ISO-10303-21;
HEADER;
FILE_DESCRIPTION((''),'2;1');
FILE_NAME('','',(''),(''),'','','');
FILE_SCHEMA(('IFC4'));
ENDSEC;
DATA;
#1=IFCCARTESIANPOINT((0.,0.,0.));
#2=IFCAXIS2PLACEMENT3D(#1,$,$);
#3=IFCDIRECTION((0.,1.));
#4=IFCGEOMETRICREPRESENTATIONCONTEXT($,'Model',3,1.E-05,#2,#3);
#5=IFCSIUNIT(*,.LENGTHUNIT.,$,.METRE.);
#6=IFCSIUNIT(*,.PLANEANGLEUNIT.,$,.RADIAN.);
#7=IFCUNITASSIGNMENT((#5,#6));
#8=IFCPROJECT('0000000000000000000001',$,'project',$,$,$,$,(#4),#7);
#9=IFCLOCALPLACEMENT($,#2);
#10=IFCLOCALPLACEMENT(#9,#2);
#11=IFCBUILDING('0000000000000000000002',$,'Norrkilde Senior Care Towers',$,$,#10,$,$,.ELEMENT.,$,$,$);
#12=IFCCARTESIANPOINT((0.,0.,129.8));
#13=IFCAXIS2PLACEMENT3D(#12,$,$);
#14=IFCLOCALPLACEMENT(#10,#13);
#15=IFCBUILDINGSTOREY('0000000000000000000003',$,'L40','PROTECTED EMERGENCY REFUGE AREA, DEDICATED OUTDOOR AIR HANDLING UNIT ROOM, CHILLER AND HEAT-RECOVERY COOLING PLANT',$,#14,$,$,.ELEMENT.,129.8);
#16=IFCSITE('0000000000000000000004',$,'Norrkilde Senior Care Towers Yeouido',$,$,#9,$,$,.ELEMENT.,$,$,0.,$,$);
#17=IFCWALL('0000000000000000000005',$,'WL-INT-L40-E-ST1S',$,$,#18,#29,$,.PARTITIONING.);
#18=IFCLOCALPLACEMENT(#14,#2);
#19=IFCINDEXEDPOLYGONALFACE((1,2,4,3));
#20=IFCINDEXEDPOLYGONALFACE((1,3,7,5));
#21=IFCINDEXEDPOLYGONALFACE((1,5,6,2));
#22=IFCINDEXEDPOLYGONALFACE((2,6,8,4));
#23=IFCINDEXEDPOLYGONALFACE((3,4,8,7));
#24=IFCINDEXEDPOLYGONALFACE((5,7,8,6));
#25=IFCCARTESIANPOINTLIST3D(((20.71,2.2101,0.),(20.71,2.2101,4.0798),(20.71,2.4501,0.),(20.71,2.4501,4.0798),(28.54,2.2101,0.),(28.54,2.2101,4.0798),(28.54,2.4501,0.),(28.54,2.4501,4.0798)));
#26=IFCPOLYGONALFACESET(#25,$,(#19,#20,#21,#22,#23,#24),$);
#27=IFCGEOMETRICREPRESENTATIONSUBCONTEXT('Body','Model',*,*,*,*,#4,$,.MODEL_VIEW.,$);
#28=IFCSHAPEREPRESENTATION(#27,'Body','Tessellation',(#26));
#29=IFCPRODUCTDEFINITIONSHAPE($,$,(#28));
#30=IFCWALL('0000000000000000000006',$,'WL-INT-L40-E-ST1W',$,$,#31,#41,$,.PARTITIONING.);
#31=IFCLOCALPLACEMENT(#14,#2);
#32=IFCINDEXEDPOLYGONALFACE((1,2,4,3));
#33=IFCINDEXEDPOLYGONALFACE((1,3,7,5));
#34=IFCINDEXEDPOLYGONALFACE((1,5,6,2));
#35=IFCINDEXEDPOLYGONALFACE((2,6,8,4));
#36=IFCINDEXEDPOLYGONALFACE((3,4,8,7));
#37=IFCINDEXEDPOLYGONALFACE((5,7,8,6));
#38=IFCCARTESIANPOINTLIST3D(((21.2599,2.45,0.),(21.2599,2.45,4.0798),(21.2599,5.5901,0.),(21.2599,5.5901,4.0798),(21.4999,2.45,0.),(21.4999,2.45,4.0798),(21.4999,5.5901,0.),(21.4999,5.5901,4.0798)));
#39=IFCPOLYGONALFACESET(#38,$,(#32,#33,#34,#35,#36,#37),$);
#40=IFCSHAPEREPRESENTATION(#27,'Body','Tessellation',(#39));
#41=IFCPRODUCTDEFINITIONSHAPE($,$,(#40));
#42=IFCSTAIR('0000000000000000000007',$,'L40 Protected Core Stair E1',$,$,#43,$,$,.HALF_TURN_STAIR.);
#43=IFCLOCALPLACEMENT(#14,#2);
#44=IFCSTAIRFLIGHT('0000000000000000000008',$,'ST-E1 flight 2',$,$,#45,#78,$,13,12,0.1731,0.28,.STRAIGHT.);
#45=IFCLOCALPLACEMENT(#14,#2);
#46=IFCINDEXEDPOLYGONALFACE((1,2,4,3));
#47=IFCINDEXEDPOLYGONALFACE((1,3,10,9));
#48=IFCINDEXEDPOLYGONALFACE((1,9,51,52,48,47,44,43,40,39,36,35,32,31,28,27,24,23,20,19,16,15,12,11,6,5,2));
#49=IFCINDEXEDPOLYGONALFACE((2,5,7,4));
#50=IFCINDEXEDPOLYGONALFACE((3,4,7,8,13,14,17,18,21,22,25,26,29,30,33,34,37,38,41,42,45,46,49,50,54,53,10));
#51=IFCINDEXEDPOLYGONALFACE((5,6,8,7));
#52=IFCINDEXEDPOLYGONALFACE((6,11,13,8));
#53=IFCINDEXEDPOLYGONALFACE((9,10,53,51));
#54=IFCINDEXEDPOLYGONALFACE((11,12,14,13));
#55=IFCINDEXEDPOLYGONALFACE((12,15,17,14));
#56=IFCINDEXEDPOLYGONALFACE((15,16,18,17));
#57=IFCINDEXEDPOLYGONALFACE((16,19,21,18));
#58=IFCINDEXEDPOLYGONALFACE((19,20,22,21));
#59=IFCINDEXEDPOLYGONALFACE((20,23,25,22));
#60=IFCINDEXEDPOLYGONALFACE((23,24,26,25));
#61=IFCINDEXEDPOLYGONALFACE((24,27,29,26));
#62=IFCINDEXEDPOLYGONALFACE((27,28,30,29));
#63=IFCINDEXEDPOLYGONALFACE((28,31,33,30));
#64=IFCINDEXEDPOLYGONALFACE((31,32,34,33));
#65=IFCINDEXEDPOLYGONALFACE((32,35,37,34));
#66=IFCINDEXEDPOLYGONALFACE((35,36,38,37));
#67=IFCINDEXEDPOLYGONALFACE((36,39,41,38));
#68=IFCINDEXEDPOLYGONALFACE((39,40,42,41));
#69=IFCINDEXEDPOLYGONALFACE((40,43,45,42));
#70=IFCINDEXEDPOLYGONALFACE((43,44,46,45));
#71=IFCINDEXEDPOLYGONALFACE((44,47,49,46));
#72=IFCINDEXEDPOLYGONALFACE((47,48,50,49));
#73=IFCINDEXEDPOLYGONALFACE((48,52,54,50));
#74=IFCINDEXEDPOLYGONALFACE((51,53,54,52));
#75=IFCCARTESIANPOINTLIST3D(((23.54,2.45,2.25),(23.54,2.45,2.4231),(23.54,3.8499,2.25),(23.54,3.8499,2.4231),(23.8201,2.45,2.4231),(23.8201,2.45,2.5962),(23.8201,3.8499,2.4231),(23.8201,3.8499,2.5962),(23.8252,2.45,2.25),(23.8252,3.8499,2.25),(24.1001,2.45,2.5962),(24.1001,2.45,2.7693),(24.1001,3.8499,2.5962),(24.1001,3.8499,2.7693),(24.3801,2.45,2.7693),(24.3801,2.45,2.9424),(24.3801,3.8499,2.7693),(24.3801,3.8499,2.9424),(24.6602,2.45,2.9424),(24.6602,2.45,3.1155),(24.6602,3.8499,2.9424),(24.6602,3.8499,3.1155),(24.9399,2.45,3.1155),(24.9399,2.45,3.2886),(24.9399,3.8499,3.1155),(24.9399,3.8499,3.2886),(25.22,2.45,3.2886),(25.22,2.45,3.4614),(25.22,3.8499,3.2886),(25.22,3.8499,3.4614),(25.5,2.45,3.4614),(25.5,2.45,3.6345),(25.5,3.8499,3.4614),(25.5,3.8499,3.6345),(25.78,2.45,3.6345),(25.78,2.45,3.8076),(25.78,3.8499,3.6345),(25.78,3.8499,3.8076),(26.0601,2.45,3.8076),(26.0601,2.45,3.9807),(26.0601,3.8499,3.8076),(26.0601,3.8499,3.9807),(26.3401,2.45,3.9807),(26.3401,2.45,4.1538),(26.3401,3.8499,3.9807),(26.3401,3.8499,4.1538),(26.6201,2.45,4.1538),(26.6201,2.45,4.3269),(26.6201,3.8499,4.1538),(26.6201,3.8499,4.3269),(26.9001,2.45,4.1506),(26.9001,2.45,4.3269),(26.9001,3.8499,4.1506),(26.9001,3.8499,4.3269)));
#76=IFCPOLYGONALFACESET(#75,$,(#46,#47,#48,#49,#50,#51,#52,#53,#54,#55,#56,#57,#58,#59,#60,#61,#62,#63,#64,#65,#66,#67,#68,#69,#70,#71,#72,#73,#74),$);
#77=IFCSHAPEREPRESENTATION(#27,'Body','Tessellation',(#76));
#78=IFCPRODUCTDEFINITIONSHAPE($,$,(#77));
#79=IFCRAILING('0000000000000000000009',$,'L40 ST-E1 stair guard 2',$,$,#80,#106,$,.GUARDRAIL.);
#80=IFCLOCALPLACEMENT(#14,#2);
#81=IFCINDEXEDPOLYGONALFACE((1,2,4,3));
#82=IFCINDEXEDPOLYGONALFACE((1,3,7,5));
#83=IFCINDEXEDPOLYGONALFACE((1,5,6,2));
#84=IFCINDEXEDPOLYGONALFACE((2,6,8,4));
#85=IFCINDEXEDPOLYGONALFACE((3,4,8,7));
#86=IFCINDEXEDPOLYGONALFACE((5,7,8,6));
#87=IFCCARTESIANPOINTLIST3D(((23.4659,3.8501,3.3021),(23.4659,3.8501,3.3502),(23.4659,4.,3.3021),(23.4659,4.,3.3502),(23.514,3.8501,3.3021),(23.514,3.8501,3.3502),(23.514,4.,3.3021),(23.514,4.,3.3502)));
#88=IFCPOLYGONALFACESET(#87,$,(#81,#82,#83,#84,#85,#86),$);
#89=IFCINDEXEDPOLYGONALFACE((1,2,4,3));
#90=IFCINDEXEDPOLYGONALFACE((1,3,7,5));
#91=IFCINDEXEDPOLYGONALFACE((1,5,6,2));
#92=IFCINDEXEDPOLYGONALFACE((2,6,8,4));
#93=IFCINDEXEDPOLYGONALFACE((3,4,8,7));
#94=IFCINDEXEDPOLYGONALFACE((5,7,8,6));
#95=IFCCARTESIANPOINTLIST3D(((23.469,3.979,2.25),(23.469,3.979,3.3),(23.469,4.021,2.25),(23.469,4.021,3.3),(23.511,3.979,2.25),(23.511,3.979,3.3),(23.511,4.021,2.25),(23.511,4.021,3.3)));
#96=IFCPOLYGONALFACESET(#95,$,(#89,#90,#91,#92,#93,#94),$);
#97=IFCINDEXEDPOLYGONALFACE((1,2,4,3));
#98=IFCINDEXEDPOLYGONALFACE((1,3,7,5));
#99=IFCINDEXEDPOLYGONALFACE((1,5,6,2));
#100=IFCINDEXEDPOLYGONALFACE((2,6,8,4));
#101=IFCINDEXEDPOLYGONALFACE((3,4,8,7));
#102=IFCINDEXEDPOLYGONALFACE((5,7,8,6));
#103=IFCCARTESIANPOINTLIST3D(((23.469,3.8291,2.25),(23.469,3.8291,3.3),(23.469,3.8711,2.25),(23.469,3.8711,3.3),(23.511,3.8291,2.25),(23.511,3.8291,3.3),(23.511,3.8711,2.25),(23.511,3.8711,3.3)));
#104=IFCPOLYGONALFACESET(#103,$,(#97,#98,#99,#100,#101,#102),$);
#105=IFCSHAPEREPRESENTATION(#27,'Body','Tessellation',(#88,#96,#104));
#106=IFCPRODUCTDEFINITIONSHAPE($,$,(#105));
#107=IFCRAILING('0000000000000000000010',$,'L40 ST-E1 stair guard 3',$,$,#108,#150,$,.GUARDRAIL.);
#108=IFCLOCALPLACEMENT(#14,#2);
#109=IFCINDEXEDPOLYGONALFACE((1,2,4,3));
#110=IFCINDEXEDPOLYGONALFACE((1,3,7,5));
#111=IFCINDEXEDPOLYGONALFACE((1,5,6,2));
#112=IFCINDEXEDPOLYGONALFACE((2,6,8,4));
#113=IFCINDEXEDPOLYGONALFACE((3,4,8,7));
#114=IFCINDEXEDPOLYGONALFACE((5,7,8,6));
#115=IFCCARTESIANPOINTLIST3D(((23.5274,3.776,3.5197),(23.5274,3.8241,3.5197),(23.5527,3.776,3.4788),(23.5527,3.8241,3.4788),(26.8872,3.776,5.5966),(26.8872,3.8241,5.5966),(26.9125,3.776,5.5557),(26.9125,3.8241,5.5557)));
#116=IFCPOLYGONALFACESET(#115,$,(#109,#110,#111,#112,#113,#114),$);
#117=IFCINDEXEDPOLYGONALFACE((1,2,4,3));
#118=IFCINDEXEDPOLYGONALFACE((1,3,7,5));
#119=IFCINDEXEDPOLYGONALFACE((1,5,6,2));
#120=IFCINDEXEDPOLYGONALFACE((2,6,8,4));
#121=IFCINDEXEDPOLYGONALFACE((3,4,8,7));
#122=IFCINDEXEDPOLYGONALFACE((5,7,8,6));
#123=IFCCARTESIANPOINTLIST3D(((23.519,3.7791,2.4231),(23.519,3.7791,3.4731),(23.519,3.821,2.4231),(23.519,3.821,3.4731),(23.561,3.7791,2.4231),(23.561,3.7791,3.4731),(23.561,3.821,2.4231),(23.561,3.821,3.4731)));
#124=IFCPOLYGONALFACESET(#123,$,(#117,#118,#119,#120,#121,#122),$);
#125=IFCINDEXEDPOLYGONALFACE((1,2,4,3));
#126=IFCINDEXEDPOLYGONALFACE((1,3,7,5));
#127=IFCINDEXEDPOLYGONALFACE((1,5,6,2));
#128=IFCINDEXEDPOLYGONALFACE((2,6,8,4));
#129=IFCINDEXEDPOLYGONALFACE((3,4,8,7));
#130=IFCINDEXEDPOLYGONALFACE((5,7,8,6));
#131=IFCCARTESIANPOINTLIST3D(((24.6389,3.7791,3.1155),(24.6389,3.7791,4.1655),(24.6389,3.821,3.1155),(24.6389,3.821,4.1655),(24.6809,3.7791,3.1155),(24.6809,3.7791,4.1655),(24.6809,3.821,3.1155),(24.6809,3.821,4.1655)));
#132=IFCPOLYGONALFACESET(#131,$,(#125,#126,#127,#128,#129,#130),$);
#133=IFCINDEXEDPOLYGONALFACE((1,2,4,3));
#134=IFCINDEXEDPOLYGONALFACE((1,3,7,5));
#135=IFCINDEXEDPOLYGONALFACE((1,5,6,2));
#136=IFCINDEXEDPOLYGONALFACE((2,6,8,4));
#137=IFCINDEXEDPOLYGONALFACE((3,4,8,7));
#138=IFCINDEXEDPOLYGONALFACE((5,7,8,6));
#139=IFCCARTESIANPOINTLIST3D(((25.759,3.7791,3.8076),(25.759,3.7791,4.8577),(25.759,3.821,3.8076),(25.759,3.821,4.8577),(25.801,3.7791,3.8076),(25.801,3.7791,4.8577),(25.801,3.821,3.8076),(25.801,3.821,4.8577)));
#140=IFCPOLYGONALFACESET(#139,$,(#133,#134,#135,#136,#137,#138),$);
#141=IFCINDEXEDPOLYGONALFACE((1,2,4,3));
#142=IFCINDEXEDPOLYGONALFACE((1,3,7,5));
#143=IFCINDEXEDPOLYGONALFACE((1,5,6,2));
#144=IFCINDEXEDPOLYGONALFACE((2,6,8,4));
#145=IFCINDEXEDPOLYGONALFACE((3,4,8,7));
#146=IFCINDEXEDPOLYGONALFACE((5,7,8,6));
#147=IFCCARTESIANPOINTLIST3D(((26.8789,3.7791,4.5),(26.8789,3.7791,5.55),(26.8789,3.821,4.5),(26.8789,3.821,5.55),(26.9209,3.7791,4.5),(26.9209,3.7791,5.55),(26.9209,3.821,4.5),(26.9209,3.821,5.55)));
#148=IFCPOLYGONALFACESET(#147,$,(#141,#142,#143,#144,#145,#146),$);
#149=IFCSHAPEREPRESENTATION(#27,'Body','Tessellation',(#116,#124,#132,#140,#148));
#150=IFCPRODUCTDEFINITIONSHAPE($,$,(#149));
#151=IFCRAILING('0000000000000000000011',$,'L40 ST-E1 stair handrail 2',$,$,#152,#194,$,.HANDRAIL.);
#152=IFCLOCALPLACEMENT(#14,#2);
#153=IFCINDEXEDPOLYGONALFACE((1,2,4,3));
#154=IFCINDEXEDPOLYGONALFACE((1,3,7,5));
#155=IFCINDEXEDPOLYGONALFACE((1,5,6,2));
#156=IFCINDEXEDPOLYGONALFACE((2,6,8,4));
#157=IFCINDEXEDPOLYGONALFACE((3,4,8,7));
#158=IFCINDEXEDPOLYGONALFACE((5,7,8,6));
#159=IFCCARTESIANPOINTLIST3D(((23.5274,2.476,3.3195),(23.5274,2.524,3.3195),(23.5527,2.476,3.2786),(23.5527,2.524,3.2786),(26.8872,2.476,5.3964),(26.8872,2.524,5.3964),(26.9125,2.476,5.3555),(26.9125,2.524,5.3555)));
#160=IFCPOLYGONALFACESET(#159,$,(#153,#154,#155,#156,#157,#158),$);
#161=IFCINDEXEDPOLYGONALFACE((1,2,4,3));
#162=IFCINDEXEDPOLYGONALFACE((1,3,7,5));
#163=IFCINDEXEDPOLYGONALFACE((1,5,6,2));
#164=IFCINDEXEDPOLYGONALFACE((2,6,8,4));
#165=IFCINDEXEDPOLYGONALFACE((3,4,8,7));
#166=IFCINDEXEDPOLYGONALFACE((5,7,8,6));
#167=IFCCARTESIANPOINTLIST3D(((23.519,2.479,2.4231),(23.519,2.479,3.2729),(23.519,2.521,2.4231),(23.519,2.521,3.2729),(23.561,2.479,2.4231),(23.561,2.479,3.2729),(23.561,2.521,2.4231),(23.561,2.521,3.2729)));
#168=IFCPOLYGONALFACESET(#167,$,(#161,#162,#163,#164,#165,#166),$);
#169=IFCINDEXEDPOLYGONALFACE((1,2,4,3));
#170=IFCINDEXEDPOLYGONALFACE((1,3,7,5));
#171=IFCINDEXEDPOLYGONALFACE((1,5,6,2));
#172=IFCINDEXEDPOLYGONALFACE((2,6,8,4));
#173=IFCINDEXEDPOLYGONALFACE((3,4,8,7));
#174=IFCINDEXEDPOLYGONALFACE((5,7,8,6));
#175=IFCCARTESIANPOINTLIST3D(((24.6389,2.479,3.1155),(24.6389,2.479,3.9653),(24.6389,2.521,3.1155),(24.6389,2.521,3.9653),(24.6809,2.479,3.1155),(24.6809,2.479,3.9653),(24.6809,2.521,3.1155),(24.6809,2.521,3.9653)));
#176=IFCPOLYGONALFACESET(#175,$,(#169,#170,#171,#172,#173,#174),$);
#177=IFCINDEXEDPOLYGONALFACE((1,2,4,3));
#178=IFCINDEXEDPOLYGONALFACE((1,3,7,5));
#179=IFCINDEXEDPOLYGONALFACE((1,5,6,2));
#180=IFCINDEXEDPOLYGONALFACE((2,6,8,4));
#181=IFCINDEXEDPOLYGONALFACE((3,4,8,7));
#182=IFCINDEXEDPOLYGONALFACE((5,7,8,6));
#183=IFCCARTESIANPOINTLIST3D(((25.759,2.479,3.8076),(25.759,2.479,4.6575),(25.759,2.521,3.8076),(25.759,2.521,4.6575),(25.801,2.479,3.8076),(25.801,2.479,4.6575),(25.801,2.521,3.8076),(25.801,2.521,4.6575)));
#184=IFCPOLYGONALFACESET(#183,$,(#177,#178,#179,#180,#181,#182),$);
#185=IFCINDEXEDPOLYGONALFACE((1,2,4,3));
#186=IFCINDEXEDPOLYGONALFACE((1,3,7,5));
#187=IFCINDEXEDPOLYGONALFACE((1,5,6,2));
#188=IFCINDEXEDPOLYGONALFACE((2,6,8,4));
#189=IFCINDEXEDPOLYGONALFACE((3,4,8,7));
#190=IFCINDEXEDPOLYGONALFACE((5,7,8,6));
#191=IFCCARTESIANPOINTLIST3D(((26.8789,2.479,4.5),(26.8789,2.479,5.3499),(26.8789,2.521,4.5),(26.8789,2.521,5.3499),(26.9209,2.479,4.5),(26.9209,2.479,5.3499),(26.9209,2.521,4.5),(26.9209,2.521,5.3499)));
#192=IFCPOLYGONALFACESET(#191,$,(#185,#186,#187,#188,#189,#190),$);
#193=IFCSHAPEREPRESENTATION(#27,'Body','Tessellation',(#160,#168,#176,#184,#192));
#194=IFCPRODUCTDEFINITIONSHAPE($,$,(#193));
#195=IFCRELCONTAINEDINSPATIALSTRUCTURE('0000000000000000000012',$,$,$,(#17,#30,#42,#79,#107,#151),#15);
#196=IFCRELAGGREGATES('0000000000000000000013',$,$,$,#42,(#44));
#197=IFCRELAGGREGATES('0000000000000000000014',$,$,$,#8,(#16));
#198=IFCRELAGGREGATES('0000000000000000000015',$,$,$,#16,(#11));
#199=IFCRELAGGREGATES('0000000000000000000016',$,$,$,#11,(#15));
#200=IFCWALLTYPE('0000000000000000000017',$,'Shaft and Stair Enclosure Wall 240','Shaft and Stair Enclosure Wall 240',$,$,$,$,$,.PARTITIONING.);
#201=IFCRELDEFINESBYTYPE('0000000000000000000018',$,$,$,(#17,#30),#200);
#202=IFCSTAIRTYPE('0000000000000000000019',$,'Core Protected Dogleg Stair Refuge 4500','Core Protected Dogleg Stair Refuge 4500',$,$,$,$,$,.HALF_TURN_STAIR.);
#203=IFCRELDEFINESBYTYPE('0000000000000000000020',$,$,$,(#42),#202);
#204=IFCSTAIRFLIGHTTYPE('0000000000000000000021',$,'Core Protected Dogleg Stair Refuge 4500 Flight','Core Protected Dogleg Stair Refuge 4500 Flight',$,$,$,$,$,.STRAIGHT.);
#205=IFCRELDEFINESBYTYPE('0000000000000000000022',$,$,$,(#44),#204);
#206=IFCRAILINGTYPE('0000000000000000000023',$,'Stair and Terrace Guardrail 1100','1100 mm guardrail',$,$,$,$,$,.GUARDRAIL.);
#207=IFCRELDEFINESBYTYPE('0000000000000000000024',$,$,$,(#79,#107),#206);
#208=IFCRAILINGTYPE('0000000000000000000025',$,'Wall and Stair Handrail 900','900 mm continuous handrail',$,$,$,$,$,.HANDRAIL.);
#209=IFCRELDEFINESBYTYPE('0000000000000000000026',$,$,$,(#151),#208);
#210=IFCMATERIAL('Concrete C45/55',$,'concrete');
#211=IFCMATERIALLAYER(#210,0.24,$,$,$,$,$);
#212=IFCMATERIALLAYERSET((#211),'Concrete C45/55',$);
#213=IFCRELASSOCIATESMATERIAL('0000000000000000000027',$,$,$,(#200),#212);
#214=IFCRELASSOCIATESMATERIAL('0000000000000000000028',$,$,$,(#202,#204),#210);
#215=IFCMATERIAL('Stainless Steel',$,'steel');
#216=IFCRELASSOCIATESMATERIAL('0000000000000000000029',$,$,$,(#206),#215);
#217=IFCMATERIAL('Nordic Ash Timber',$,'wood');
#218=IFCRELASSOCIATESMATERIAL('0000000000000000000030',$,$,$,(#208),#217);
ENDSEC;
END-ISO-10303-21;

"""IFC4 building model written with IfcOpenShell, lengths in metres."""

from ifc_helpers import new_model, si_unit, direction, frame, frame_2d, origin, origin_2d, place, context, subcontext, project, spatial, polyline, rectangle, outline, extrude, source, transform, mapped, material, layer, layer_set, type_object, type_shapes, element, aggregate, save


model = new_model("IFC4")

# Units and contexts
model_context = context("Model", 3, precision=1e-05, world=origin(), true_north=direction((0.0, 1.0)))
body_context = subcontext(model_context, "Body", "Model", "MODEL_VIEW")
ifc_project = project(units=[si_unit("LENGTHUNIT", "METRE"), si_unit("PLANEANGLEUNIT", "RADIAN")], contexts=[model_context])

# Site, building, storey
site_placement = place(None, origin())
site = spatial("IfcSite", under=ifc_project, at=site_placement, Name="Norrkilde Senior Care Towers Yeouido", CompositionType="ELEMENT", RefElevation=0.0)
building_placement = place(site_placement, origin())
building = spatial("IfcBuilding", under=site, at=building_placement, Name="Norrkilde Senior Care Towers", CompositionType="ELEMENT")
storey_placement = place(building_placement, frame((0.0, 0.0, 129.8)))
storey = spatial("IfcBuildingStorey", under=building, at=storey_placement, Name="L40", Description="PROTECTED EMERGENCY REFUGE AREA, DEDICATED OUTDOOR AIR HANDLING UNIT ROOM, CHILLER AND HEAT-RECOVERY COOLING PLANT", CompositionType="ELEMENT", Elevation=129.8)

# Walls
ifc_material_1 = material(Name="Concrete C45/55", Category="concrete")
ifc_layer_1 = layer(ifc_material_1, 0.24)
ifc_layer_set_1 = layer_set([ifc_layer_1], Name="Concrete C45/55")
wall_type_1 = type_object("IfcWallType", Name="Shaft and Stair Enclosure Wall 240", Description="Shaft and Stair Enclosure Wall 240", PredefinedType="PARTITIONING", material=ifc_layer_set_1)
shared_shape_1 = source(origin(), body_context, "Body", "SweptSolid", [
    extrude(rectangle(XDim=7.8301, YDim=0.24, at=frame_2d((3.915, 0.0))), origin(), (0.0, 0.0, 1.0), 4.0798),
])
wall_1_placement = place(storey_placement, frame((20.71, 2.3301, 0.0), z_axis=(0.0, 0.0, 1.0), x_axis=(1.0, 0.0, 0.0)))
element("IfcWall", 1, at=wall_1_placement, inside=storey, type_object=wall_type_1, Name="WL-INT-L40-E-ST1S", PredefinedType="PARTITIONING", context=body_context, shape_type="MappedRepresentation", body=[
    mapped(shared_shape_1, transform((0.0, 0.0, 0.0), x_axis=(1.0, 0.0, 0.0), y_axis=(0.0, 1.0, 0.0), z_axis=(0.0, 0.0, 1.0), scale=1.0)),
])
shared_shape_2 = source(origin(), body_context, "Body", "SweptSolid", [
    extrude(rectangle(XDim=3.1401, YDim=0.24, at=frame_2d((1.5701, 0.0))), origin(), (0.0, 0.0, 1.0), 4.0798),
])
type_shapes(wall_type_1, [shared_shape_1, shared_shape_2])
wall_2_placement = place(storey_placement, frame((21.3799, 2.45, 0.0), z_axis=(0.0, 0.0, 1.0), x_axis=(0.0, 1.0, 0.0)))
element("IfcWall", 2, at=wall_2_placement, inside=storey, type_object=wall_type_1, Name="WL-INT-L40-E-ST1W", PredefinedType="PARTITIONING", context=body_context, shape_type="MappedRepresentation", body=[
    mapped(shared_shape_2, transform((0.0, 0.0, 0.0), x_axis=(1.0, 0.0, 0.0), y_axis=(0.0, 1.0, 0.0), z_axis=(0.0, 0.0, 1.0), scale=1.0)),
])

# Stair, stair flight
stair_type = type_object("IfcStairType", Name="Core Protected Dogleg Stair Refuge 4500", Description="Core Protected Dogleg Stair Refuge 4500", PredefinedType="HALF_TURN_STAIR", material=ifc_material_1)
stair_placement = place(storey_placement, origin())
stair = element("IfcStair", 3, at=stair_placement, inside=storey, type_object=stair_type, Name="L40 Protected Core Stair E1", PredefinedType="HALF_TURN_STAIR")
stair_flight_type = type_object("IfcStairFlightType", Name="Core Protected Dogleg Stair Refuge 4500 Flight", Description="Core Protected Dogleg Stair Refuge 4500 Flight", PredefinedType="STRAIGHT", material=ifc_material_1)
stair_flight_placement = place(storey_placement, frame((23.54, 3.1499, 2.25), z_axis=(0.0, 0.0, 1.0), x_axis=(1.0, 0.0, 0.0)))
stair_flight = element("IfcStairFlight", 4, at=stair_flight_placement, type_object=stair_flight_type, Name="ST-E1 flight 2", NumberOfRisers=13, NumberOfTreads=12, PredefinedType="STRAIGHT", RiserHeight=0.1731, TreadLength=0.28, context=body_context, shape_type="SweptSolid", body=[
    extrude(outline(polyline([(0.0, 0.0), (0.0, 0.1731), (0.28, 0.1731), (0.28, 0.3462), (0.5601, 0.3462), (0.5601, 0.5193), (0.8401, 0.5193), (0.8401, 0.6924), (1.1201, 0.6924), (1.1201, 0.8655), (1.3999, 0.8655), (1.3999, 1.0386), (1.6799, 1.0386), (1.6799, 1.2114), (1.96, 1.2114), (1.96, 1.3845), (2.24, 1.3845), (2.24, 1.5576), (2.52, 1.5576), (2.52, 1.7307), (2.8, 1.7307), (2.8, 1.9038), (3.0801, 1.9038), (3.0801, 2.0769), (3.3601, 2.0769), (3.3601, 2.25), (3.3601, 1.9006), (0.2852, 0.0), (0.0, 0.0)])), frame((0.0, 0.7, 0.0), z_axis=(0.0, -1.0, 0.0), x_axis=(1.0, 0.0, 0.0)), (0.0, 0.0, 1.0), 1.3999),
])
aggregate(stair, [stair_flight])

# Railings
ifc_material_2 = material(Name="Stainless Steel", Category="steel")
railing_type_1 = type_object("IfcRailingType", Name="Stair and Terrace Guardrail 1100", Description="1100 mm guardrail", PredefinedType="GUARDRAIL", material=ifc_material_2)
railing_1_placement = place(storey_placement, frame((23.49, 4.0, 2.25)))
element("IfcRailing", 5, at=railing_1_placement, inside=storey, type_object=railing_type_1, Name="L40 ST-E1 stair guard 2", PredefinedType="GUARDRAIL", context=body_context, shape_type="SweptSolid", body=[
    extrude(rectangle(XDim=0.0481, YDim=0.0481, at=origin_2d()), frame((0.0, 0.0, 1.0762), z_axis=(0.0, -1.0, 0.0), x_axis=(1.0, 0.0, 0.0)), (0.0, 0.0, 1.0), 0.1499),
    extrude(rectangle(XDim=0.042, YDim=0.042, at=origin_2d()), origin(), (0.0, 0.0, 1.0), 1.05),
    extrude(rectangle(XDim=0.042, YDim=0.042, at=origin_2d()), frame((0.0, -0.1499, 0.0)), (0.0, 0.0, 1.0), 1.05),
])
railing_2_placement = place(storey_placement, frame((23.54, 3.8, 2.4231)))
element("IfcRailing", 6, at=railing_2_placement, inside=storey, type_object=railing_type_1, Name="L40 ST-E1 stair guard 3", PredefinedType="GUARDRAIL", context=body_context, shape_type="SweptSolid", body=[
    extrude(rectangle(XDim=0.0481, YDim=0.0481, at=origin_2d()), frame((0.0, 0.0, 1.0762), z_axis=(0.850606, 0.0, 0.525803), x_axis=(0.0, 1.0, 0.0)), (0.0, 0.0, 1.0), 3.95),
    extrude(rectangle(XDim=0.042, YDim=0.042, at=origin_2d()), origin(), (0.0, 0.0, 1.0), 1.05),
    extrude(rectangle(XDim=0.042, YDim=0.042, at=origin_2d()), frame((1.1199, 0.0, 0.6924)), (0.0, 0.0, 1.0), 1.05),
    extrude(rectangle(XDim=0.042, YDim=0.042, at=origin_2d()), frame((2.24, 0.0, 1.3845)), (0.0, 0.0, 1.0), 1.05),
    extrude(rectangle(XDim=0.042, YDim=0.042, at=origin_2d()), frame((3.3599, 0.0, 2.0769)), (0.0, 0.0, 1.0), 1.05),
])
ifc_material_3 = material(Name="Nordic Ash Timber", Category="wood")
railing_type_2 = type_object("IfcRailingType", Name="Wall and Stair Handrail 900", Description="900 mm continuous handrail", PredefinedType="HANDRAIL", material=ifc_material_3)
railing_3_placement = place(storey_placement, frame((23.54, 2.5, 2.4231)))
element("IfcRailing", 7, at=railing_3_placement, inside=storey, type_object=railing_type_2, Name="L40 ST-E1 stair handrail 2", PredefinedType="HANDRAIL", context=body_context, shape_type="SweptSolid", body=[
    extrude(rectangle(XDim=0.0481, YDim=0.0481, at=origin_2d()), frame((0.0, 0.0, 0.876), z_axis=(0.850606, 0.0, 0.525803), x_axis=(0.0, 1.0, 0.0)), (0.0, 0.0, 1.0), 3.95),
    extrude(rectangle(XDim=0.042, YDim=0.042, at=origin_2d()), origin(), (0.0, 0.0, 1.0), 0.8499),
    extrude(rectangle(XDim=0.042, YDim=0.042, at=origin_2d()), frame((1.1199, 0.0, 0.6924)), (0.0, 0.0, 1.0), 0.8499),
    extrude(rectangle(XDim=0.042, YDim=0.042, at=origin_2d()), frame((2.24, 0.0, 1.3845)), (0.0, 0.0, 1.0), 0.8499),
    extrude(rectangle(XDim=0.042, YDim=0.042, at=origin_2d()), frame((3.3599, 0.0, 2.0769)), (0.0, 0.0, 1.0), 0.8499),
])

save(model, "model.ifc")
